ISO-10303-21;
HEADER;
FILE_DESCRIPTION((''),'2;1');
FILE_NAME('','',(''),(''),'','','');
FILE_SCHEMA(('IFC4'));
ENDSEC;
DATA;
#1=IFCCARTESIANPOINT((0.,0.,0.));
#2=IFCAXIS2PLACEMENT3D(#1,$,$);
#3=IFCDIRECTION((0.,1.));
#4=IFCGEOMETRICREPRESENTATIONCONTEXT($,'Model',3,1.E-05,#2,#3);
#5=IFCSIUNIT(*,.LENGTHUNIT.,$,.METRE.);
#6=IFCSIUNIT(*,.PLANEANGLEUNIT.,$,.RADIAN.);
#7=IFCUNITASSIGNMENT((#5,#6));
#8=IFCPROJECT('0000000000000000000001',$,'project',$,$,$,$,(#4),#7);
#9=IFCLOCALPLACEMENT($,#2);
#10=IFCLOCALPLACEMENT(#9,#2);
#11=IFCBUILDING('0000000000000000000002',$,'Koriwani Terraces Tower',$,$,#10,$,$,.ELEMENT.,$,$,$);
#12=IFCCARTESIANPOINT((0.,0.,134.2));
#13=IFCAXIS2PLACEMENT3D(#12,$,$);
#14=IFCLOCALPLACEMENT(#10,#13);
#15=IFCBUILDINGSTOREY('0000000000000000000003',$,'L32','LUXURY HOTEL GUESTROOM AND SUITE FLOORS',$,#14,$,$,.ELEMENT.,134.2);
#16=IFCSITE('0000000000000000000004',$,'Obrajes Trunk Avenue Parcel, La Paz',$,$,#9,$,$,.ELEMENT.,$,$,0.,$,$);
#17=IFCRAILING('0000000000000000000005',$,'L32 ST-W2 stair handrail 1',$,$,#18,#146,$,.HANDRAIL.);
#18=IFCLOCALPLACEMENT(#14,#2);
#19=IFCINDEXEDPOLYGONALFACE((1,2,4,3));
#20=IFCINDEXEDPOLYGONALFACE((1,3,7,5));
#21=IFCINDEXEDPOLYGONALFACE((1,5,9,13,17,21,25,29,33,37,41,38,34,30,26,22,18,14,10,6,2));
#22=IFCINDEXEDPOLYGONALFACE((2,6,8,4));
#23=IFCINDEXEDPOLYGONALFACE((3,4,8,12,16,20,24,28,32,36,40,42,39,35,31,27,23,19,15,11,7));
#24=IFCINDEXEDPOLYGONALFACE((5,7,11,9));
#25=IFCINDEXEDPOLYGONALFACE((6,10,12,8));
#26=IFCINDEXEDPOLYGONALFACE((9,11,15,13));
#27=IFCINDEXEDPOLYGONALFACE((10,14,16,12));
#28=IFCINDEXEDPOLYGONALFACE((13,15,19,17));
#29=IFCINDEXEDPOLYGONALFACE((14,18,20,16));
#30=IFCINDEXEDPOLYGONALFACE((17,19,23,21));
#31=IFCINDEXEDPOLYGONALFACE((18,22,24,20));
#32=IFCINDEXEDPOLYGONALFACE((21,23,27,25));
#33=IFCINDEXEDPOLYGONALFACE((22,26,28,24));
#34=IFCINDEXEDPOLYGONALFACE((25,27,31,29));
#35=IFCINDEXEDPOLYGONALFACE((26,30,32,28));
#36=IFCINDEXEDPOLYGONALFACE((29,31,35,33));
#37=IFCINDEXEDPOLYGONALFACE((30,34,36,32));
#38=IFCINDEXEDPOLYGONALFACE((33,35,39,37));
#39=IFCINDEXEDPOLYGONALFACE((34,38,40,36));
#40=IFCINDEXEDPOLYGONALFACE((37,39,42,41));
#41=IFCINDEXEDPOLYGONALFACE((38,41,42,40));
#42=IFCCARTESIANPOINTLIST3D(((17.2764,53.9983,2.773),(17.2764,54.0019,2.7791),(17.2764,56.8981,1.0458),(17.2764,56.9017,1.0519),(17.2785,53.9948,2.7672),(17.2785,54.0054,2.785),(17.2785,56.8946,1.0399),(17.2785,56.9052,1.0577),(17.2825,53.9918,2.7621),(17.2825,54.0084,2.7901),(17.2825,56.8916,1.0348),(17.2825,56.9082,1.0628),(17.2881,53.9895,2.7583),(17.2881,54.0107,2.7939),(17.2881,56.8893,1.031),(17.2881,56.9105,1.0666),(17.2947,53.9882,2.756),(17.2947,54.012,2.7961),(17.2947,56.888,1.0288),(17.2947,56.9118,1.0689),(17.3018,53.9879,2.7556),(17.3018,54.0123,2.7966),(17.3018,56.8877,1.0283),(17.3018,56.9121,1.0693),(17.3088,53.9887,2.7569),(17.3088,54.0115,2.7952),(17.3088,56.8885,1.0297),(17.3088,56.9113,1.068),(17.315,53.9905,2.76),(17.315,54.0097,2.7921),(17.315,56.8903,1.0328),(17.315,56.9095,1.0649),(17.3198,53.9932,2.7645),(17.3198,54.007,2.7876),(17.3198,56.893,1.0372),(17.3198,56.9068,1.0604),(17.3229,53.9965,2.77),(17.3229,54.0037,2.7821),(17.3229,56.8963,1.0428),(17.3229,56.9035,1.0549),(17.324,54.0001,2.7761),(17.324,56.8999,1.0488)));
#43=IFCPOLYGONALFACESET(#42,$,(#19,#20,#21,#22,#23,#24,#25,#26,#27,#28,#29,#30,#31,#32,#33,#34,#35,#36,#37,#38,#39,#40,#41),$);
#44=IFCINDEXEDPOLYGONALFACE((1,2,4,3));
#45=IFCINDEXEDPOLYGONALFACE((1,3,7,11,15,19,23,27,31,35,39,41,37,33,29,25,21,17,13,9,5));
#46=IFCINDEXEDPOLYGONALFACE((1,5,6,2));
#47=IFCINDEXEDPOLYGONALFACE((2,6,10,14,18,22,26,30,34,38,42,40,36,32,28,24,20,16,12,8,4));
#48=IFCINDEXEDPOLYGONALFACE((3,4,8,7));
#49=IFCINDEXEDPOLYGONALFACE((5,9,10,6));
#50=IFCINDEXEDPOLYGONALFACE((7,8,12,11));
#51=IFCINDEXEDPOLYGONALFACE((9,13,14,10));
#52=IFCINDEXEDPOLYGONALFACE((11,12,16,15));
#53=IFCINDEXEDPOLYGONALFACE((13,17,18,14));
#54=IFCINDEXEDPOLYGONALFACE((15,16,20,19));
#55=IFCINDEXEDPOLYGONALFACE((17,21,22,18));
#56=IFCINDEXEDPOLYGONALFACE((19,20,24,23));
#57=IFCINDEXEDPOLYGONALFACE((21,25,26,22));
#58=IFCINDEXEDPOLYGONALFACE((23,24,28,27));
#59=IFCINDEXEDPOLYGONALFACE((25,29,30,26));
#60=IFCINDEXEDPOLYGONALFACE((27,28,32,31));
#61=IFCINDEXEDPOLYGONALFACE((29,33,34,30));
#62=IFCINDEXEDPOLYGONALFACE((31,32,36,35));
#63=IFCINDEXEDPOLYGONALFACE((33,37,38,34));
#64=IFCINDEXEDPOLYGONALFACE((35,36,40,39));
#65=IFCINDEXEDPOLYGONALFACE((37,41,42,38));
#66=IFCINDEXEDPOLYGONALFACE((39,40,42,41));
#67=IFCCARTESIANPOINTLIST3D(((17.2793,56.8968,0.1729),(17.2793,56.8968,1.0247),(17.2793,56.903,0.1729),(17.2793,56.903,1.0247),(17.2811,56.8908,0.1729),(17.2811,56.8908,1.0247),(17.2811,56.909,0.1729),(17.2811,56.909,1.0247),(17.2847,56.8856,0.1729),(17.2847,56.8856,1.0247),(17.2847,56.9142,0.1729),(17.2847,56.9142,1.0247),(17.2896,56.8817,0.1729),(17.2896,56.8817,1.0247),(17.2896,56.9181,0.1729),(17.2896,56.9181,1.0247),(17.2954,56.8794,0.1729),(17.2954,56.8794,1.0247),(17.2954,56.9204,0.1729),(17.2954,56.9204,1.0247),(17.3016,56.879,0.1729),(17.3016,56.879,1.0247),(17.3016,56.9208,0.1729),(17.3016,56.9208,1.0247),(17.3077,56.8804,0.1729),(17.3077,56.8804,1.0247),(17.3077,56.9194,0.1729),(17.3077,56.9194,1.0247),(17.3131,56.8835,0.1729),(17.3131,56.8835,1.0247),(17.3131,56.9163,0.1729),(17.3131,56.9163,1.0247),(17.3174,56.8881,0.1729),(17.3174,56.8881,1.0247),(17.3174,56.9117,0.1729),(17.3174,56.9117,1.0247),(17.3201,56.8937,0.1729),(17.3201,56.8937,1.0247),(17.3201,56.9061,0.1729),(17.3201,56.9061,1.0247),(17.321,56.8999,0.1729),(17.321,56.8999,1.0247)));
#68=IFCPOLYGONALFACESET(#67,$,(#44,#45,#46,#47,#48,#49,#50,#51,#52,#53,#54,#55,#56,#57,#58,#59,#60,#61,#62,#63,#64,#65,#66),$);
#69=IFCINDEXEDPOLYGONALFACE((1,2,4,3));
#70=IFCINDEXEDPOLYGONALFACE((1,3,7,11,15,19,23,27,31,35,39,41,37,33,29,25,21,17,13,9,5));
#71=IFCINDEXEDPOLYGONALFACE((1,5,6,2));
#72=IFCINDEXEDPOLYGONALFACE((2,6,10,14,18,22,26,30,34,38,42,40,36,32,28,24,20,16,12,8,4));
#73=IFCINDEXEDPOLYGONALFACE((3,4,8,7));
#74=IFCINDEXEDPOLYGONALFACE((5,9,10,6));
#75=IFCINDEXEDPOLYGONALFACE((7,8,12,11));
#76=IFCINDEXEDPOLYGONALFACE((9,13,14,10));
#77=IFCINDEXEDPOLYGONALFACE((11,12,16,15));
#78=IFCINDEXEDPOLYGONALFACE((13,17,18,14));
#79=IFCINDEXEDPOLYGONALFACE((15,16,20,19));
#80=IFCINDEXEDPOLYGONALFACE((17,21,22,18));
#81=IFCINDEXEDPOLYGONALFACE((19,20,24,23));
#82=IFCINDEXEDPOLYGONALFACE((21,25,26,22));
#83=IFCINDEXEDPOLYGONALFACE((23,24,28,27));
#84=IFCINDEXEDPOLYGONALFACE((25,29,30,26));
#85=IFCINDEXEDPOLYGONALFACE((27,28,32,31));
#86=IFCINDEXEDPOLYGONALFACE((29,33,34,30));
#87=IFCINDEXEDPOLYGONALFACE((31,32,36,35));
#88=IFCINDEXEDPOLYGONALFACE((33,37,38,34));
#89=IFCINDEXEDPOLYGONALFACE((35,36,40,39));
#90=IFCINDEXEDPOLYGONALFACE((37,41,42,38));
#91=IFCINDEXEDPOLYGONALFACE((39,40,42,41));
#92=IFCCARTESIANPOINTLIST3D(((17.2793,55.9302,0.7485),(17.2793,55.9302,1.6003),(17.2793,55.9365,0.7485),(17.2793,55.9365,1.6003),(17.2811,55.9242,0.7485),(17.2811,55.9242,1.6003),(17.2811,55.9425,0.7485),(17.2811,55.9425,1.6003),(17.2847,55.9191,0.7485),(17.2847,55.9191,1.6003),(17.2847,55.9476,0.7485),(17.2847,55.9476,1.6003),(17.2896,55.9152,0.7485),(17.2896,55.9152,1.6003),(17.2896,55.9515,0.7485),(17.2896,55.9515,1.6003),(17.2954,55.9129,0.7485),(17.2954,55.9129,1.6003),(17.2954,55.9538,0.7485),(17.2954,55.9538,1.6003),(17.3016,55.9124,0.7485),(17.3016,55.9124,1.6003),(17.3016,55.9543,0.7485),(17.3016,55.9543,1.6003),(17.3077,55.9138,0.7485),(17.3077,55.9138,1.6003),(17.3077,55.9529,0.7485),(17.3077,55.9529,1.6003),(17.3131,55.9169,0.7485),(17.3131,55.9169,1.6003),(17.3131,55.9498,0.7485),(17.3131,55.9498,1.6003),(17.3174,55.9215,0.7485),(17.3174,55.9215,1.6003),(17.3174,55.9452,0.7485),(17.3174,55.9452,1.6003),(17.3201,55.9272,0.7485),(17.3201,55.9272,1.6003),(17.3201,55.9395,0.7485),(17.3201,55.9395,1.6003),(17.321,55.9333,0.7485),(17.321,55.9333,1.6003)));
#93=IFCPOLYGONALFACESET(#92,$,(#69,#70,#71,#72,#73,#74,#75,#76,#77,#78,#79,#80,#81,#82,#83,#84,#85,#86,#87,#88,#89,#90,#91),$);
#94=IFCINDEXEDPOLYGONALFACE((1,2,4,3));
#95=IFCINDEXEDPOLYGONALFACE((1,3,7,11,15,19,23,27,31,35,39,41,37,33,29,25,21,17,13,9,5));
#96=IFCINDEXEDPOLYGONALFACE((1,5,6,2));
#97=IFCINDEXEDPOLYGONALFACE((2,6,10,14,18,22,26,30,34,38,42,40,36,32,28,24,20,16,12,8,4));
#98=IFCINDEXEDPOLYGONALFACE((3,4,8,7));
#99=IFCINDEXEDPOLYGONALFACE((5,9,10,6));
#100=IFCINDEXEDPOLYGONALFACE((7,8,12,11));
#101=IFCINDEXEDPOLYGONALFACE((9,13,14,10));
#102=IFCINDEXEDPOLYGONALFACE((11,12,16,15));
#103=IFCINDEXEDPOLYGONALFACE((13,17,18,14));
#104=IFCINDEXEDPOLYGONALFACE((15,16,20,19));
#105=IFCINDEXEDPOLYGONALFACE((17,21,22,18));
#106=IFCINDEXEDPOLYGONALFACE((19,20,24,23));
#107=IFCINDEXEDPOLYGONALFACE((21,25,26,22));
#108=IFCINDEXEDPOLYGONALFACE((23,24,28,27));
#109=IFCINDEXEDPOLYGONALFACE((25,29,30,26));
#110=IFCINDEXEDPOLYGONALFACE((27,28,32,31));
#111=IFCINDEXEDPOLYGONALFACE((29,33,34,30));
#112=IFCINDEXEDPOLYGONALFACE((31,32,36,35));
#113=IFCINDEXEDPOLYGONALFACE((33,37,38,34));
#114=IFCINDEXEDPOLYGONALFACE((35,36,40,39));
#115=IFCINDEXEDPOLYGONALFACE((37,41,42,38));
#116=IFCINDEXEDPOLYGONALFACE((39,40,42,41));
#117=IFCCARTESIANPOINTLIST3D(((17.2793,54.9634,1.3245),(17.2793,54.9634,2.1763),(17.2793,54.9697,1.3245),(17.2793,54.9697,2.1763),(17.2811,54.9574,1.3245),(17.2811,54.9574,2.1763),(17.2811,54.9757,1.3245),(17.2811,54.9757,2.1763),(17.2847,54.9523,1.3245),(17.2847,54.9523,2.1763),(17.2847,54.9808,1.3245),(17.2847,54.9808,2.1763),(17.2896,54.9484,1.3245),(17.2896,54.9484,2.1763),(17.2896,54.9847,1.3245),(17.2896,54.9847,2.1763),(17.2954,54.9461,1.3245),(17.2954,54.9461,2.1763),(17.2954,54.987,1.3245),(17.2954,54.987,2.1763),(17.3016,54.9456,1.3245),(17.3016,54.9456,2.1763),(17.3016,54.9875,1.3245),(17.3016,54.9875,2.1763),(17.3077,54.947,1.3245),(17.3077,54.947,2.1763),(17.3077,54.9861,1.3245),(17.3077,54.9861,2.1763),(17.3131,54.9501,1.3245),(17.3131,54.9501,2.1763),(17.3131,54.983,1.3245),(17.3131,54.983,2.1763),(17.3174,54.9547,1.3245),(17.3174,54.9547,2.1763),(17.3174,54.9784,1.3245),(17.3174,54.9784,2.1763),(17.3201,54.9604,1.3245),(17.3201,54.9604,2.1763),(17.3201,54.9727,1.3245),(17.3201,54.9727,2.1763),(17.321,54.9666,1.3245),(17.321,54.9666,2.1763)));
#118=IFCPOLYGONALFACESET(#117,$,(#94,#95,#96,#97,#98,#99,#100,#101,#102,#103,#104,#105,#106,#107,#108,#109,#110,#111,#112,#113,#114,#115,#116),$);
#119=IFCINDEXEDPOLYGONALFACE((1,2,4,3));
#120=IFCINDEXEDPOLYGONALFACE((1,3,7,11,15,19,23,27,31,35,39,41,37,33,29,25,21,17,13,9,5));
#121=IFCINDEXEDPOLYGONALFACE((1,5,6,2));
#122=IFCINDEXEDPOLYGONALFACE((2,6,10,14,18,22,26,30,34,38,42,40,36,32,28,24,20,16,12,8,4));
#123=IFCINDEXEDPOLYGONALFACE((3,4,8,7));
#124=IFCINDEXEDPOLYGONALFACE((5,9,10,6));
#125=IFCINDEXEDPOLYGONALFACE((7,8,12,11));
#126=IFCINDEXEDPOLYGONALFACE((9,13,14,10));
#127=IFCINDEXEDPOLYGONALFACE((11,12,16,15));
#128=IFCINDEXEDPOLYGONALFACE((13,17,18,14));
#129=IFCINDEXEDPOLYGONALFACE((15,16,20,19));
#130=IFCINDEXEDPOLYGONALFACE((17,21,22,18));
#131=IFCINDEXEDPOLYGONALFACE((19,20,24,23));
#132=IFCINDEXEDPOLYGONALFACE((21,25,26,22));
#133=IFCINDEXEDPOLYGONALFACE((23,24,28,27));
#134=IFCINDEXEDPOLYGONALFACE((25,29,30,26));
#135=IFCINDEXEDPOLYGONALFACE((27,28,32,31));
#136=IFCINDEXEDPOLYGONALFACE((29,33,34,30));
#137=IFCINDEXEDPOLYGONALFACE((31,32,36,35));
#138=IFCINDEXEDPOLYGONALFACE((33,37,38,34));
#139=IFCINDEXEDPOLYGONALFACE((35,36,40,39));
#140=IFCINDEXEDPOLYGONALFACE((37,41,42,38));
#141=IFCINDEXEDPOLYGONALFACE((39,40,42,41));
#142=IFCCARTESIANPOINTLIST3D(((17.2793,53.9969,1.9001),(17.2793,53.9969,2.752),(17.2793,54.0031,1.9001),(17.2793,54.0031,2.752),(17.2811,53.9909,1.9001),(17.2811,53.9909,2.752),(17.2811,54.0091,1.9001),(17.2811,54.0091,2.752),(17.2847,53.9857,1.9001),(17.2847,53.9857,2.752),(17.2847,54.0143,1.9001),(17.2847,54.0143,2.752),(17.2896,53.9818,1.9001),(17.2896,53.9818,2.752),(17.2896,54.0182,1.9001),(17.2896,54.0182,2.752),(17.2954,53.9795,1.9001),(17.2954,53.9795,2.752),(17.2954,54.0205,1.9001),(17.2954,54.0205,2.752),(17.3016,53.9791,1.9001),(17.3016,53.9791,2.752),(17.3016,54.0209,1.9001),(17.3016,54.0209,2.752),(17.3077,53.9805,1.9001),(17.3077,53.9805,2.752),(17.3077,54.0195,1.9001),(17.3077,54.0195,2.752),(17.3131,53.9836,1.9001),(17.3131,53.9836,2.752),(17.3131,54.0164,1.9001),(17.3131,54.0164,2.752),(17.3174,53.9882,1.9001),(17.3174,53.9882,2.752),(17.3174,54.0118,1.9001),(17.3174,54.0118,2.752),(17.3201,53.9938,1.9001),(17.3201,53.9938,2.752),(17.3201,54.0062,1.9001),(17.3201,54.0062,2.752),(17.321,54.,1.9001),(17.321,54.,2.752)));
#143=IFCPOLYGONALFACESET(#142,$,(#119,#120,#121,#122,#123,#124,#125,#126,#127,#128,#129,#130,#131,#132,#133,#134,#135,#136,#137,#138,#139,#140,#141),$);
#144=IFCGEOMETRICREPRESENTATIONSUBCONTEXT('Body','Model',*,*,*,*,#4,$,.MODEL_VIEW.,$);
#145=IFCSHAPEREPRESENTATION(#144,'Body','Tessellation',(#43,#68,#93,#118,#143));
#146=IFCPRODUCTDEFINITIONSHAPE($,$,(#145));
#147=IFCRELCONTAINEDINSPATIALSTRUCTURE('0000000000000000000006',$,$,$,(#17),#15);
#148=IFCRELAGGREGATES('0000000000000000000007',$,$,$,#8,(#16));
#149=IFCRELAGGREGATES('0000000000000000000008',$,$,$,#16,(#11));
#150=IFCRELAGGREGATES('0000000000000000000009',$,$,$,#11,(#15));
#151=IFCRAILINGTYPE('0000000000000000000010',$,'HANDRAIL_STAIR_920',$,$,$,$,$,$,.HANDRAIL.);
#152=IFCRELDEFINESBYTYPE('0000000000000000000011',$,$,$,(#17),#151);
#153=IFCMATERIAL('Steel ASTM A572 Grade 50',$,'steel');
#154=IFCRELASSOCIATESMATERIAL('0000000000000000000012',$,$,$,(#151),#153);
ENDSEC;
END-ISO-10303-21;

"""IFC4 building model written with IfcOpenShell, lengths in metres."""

from ifc_helpers import new_model, si_unit, direction, frame, origin, origin_2d, place, context, subcontext, project, spatial, circle, extrude, material, type_object, element, save


model = new_model("IFC4")

# Units and contexts
model_context = context("Model", 3, precision=1e-05, world=origin(), true_north=direction((0.0, 1.0)))
body_context = subcontext(model_context, "Body", "Model", "MODEL_VIEW")
ifc_project = project(units=[si_unit("LENGTHUNIT", "METRE"), si_unit("PLANEANGLEUNIT", "RADIAN")], contexts=[model_context])

# Site, building, storey
site_placement = place(None, origin())
site = spatial("IfcSite", under=ifc_project, at=site_placement, Name="Obrajes Trunk Avenue Parcel, La Paz", CompositionType="ELEMENT", RefElevation=0.0)
building_placement = place(site_placement, origin())
building = spatial("IfcBuilding", under=site, at=building_placement, Name="Koriwani Terraces Tower", CompositionType="ELEMENT")
storey_placement = place(building_placement, frame((0.0, 0.0, 134.2)))
storey = spatial("IfcBuildingStorey", under=building, at=storey_placement, Name="L32", Description="LUXURY HOTEL GUESTROOM AND SUITE FLOORS", CompositionType="ELEMENT", Elevation=134.2)

# Shared definitions
ifc_material_1 = material(Name="Steel ASTM A572 Grade 50", Category="steel")

# Railing
railing_type_1 = type_object("IfcRailingType", Name="HANDRAIL_STAIR_920", PredefinedType="HANDRAIL", material=ifc_material_1)
railing_1_placement = place(storey_placement, frame((17.3, 56.8999, 0.1729)))
element("IfcRailing", 1, at=railing_1_placement, inside=storey, type_object=railing_type_1, Name="L32 ST-W2 stair handrail 1", PredefinedType="HANDRAIL", context=body_context, shape_type="SweptSolid", body=[
    extrude(circle(Radius=0.0239, at=origin_2d()), frame((0.0, 0.0, 0.876), z_axis=(0.0, -0.859141, 0.511738), x_axis=(1.0, 0.0, 0.0)), (0.0, 0.0, 1.0), 3.3752),
    extrude(circle(Radius=0.021, at=origin_2d()), origin(), (0.0, 0.0, 1.0), 0.8518),
    extrude(circle(Radius=0.021, at=origin_2d()), frame((0.0, -0.9666, 0.5757)), (0.0, 0.0, 1.0), 0.8518),
    extrude(circle(Radius=0.021, at=origin_2d()), frame((0.0, -1.9333, 1.1516)), (0.0, 0.0, 1.0), 0.8518),
    extrude(circle(Radius=0.021, at=origin_2d()), frame((0.0, -2.8999, 1.7273)), (0.0, 0.0, 1.0), 0.8518),
])

save(model, "model.ifc")
